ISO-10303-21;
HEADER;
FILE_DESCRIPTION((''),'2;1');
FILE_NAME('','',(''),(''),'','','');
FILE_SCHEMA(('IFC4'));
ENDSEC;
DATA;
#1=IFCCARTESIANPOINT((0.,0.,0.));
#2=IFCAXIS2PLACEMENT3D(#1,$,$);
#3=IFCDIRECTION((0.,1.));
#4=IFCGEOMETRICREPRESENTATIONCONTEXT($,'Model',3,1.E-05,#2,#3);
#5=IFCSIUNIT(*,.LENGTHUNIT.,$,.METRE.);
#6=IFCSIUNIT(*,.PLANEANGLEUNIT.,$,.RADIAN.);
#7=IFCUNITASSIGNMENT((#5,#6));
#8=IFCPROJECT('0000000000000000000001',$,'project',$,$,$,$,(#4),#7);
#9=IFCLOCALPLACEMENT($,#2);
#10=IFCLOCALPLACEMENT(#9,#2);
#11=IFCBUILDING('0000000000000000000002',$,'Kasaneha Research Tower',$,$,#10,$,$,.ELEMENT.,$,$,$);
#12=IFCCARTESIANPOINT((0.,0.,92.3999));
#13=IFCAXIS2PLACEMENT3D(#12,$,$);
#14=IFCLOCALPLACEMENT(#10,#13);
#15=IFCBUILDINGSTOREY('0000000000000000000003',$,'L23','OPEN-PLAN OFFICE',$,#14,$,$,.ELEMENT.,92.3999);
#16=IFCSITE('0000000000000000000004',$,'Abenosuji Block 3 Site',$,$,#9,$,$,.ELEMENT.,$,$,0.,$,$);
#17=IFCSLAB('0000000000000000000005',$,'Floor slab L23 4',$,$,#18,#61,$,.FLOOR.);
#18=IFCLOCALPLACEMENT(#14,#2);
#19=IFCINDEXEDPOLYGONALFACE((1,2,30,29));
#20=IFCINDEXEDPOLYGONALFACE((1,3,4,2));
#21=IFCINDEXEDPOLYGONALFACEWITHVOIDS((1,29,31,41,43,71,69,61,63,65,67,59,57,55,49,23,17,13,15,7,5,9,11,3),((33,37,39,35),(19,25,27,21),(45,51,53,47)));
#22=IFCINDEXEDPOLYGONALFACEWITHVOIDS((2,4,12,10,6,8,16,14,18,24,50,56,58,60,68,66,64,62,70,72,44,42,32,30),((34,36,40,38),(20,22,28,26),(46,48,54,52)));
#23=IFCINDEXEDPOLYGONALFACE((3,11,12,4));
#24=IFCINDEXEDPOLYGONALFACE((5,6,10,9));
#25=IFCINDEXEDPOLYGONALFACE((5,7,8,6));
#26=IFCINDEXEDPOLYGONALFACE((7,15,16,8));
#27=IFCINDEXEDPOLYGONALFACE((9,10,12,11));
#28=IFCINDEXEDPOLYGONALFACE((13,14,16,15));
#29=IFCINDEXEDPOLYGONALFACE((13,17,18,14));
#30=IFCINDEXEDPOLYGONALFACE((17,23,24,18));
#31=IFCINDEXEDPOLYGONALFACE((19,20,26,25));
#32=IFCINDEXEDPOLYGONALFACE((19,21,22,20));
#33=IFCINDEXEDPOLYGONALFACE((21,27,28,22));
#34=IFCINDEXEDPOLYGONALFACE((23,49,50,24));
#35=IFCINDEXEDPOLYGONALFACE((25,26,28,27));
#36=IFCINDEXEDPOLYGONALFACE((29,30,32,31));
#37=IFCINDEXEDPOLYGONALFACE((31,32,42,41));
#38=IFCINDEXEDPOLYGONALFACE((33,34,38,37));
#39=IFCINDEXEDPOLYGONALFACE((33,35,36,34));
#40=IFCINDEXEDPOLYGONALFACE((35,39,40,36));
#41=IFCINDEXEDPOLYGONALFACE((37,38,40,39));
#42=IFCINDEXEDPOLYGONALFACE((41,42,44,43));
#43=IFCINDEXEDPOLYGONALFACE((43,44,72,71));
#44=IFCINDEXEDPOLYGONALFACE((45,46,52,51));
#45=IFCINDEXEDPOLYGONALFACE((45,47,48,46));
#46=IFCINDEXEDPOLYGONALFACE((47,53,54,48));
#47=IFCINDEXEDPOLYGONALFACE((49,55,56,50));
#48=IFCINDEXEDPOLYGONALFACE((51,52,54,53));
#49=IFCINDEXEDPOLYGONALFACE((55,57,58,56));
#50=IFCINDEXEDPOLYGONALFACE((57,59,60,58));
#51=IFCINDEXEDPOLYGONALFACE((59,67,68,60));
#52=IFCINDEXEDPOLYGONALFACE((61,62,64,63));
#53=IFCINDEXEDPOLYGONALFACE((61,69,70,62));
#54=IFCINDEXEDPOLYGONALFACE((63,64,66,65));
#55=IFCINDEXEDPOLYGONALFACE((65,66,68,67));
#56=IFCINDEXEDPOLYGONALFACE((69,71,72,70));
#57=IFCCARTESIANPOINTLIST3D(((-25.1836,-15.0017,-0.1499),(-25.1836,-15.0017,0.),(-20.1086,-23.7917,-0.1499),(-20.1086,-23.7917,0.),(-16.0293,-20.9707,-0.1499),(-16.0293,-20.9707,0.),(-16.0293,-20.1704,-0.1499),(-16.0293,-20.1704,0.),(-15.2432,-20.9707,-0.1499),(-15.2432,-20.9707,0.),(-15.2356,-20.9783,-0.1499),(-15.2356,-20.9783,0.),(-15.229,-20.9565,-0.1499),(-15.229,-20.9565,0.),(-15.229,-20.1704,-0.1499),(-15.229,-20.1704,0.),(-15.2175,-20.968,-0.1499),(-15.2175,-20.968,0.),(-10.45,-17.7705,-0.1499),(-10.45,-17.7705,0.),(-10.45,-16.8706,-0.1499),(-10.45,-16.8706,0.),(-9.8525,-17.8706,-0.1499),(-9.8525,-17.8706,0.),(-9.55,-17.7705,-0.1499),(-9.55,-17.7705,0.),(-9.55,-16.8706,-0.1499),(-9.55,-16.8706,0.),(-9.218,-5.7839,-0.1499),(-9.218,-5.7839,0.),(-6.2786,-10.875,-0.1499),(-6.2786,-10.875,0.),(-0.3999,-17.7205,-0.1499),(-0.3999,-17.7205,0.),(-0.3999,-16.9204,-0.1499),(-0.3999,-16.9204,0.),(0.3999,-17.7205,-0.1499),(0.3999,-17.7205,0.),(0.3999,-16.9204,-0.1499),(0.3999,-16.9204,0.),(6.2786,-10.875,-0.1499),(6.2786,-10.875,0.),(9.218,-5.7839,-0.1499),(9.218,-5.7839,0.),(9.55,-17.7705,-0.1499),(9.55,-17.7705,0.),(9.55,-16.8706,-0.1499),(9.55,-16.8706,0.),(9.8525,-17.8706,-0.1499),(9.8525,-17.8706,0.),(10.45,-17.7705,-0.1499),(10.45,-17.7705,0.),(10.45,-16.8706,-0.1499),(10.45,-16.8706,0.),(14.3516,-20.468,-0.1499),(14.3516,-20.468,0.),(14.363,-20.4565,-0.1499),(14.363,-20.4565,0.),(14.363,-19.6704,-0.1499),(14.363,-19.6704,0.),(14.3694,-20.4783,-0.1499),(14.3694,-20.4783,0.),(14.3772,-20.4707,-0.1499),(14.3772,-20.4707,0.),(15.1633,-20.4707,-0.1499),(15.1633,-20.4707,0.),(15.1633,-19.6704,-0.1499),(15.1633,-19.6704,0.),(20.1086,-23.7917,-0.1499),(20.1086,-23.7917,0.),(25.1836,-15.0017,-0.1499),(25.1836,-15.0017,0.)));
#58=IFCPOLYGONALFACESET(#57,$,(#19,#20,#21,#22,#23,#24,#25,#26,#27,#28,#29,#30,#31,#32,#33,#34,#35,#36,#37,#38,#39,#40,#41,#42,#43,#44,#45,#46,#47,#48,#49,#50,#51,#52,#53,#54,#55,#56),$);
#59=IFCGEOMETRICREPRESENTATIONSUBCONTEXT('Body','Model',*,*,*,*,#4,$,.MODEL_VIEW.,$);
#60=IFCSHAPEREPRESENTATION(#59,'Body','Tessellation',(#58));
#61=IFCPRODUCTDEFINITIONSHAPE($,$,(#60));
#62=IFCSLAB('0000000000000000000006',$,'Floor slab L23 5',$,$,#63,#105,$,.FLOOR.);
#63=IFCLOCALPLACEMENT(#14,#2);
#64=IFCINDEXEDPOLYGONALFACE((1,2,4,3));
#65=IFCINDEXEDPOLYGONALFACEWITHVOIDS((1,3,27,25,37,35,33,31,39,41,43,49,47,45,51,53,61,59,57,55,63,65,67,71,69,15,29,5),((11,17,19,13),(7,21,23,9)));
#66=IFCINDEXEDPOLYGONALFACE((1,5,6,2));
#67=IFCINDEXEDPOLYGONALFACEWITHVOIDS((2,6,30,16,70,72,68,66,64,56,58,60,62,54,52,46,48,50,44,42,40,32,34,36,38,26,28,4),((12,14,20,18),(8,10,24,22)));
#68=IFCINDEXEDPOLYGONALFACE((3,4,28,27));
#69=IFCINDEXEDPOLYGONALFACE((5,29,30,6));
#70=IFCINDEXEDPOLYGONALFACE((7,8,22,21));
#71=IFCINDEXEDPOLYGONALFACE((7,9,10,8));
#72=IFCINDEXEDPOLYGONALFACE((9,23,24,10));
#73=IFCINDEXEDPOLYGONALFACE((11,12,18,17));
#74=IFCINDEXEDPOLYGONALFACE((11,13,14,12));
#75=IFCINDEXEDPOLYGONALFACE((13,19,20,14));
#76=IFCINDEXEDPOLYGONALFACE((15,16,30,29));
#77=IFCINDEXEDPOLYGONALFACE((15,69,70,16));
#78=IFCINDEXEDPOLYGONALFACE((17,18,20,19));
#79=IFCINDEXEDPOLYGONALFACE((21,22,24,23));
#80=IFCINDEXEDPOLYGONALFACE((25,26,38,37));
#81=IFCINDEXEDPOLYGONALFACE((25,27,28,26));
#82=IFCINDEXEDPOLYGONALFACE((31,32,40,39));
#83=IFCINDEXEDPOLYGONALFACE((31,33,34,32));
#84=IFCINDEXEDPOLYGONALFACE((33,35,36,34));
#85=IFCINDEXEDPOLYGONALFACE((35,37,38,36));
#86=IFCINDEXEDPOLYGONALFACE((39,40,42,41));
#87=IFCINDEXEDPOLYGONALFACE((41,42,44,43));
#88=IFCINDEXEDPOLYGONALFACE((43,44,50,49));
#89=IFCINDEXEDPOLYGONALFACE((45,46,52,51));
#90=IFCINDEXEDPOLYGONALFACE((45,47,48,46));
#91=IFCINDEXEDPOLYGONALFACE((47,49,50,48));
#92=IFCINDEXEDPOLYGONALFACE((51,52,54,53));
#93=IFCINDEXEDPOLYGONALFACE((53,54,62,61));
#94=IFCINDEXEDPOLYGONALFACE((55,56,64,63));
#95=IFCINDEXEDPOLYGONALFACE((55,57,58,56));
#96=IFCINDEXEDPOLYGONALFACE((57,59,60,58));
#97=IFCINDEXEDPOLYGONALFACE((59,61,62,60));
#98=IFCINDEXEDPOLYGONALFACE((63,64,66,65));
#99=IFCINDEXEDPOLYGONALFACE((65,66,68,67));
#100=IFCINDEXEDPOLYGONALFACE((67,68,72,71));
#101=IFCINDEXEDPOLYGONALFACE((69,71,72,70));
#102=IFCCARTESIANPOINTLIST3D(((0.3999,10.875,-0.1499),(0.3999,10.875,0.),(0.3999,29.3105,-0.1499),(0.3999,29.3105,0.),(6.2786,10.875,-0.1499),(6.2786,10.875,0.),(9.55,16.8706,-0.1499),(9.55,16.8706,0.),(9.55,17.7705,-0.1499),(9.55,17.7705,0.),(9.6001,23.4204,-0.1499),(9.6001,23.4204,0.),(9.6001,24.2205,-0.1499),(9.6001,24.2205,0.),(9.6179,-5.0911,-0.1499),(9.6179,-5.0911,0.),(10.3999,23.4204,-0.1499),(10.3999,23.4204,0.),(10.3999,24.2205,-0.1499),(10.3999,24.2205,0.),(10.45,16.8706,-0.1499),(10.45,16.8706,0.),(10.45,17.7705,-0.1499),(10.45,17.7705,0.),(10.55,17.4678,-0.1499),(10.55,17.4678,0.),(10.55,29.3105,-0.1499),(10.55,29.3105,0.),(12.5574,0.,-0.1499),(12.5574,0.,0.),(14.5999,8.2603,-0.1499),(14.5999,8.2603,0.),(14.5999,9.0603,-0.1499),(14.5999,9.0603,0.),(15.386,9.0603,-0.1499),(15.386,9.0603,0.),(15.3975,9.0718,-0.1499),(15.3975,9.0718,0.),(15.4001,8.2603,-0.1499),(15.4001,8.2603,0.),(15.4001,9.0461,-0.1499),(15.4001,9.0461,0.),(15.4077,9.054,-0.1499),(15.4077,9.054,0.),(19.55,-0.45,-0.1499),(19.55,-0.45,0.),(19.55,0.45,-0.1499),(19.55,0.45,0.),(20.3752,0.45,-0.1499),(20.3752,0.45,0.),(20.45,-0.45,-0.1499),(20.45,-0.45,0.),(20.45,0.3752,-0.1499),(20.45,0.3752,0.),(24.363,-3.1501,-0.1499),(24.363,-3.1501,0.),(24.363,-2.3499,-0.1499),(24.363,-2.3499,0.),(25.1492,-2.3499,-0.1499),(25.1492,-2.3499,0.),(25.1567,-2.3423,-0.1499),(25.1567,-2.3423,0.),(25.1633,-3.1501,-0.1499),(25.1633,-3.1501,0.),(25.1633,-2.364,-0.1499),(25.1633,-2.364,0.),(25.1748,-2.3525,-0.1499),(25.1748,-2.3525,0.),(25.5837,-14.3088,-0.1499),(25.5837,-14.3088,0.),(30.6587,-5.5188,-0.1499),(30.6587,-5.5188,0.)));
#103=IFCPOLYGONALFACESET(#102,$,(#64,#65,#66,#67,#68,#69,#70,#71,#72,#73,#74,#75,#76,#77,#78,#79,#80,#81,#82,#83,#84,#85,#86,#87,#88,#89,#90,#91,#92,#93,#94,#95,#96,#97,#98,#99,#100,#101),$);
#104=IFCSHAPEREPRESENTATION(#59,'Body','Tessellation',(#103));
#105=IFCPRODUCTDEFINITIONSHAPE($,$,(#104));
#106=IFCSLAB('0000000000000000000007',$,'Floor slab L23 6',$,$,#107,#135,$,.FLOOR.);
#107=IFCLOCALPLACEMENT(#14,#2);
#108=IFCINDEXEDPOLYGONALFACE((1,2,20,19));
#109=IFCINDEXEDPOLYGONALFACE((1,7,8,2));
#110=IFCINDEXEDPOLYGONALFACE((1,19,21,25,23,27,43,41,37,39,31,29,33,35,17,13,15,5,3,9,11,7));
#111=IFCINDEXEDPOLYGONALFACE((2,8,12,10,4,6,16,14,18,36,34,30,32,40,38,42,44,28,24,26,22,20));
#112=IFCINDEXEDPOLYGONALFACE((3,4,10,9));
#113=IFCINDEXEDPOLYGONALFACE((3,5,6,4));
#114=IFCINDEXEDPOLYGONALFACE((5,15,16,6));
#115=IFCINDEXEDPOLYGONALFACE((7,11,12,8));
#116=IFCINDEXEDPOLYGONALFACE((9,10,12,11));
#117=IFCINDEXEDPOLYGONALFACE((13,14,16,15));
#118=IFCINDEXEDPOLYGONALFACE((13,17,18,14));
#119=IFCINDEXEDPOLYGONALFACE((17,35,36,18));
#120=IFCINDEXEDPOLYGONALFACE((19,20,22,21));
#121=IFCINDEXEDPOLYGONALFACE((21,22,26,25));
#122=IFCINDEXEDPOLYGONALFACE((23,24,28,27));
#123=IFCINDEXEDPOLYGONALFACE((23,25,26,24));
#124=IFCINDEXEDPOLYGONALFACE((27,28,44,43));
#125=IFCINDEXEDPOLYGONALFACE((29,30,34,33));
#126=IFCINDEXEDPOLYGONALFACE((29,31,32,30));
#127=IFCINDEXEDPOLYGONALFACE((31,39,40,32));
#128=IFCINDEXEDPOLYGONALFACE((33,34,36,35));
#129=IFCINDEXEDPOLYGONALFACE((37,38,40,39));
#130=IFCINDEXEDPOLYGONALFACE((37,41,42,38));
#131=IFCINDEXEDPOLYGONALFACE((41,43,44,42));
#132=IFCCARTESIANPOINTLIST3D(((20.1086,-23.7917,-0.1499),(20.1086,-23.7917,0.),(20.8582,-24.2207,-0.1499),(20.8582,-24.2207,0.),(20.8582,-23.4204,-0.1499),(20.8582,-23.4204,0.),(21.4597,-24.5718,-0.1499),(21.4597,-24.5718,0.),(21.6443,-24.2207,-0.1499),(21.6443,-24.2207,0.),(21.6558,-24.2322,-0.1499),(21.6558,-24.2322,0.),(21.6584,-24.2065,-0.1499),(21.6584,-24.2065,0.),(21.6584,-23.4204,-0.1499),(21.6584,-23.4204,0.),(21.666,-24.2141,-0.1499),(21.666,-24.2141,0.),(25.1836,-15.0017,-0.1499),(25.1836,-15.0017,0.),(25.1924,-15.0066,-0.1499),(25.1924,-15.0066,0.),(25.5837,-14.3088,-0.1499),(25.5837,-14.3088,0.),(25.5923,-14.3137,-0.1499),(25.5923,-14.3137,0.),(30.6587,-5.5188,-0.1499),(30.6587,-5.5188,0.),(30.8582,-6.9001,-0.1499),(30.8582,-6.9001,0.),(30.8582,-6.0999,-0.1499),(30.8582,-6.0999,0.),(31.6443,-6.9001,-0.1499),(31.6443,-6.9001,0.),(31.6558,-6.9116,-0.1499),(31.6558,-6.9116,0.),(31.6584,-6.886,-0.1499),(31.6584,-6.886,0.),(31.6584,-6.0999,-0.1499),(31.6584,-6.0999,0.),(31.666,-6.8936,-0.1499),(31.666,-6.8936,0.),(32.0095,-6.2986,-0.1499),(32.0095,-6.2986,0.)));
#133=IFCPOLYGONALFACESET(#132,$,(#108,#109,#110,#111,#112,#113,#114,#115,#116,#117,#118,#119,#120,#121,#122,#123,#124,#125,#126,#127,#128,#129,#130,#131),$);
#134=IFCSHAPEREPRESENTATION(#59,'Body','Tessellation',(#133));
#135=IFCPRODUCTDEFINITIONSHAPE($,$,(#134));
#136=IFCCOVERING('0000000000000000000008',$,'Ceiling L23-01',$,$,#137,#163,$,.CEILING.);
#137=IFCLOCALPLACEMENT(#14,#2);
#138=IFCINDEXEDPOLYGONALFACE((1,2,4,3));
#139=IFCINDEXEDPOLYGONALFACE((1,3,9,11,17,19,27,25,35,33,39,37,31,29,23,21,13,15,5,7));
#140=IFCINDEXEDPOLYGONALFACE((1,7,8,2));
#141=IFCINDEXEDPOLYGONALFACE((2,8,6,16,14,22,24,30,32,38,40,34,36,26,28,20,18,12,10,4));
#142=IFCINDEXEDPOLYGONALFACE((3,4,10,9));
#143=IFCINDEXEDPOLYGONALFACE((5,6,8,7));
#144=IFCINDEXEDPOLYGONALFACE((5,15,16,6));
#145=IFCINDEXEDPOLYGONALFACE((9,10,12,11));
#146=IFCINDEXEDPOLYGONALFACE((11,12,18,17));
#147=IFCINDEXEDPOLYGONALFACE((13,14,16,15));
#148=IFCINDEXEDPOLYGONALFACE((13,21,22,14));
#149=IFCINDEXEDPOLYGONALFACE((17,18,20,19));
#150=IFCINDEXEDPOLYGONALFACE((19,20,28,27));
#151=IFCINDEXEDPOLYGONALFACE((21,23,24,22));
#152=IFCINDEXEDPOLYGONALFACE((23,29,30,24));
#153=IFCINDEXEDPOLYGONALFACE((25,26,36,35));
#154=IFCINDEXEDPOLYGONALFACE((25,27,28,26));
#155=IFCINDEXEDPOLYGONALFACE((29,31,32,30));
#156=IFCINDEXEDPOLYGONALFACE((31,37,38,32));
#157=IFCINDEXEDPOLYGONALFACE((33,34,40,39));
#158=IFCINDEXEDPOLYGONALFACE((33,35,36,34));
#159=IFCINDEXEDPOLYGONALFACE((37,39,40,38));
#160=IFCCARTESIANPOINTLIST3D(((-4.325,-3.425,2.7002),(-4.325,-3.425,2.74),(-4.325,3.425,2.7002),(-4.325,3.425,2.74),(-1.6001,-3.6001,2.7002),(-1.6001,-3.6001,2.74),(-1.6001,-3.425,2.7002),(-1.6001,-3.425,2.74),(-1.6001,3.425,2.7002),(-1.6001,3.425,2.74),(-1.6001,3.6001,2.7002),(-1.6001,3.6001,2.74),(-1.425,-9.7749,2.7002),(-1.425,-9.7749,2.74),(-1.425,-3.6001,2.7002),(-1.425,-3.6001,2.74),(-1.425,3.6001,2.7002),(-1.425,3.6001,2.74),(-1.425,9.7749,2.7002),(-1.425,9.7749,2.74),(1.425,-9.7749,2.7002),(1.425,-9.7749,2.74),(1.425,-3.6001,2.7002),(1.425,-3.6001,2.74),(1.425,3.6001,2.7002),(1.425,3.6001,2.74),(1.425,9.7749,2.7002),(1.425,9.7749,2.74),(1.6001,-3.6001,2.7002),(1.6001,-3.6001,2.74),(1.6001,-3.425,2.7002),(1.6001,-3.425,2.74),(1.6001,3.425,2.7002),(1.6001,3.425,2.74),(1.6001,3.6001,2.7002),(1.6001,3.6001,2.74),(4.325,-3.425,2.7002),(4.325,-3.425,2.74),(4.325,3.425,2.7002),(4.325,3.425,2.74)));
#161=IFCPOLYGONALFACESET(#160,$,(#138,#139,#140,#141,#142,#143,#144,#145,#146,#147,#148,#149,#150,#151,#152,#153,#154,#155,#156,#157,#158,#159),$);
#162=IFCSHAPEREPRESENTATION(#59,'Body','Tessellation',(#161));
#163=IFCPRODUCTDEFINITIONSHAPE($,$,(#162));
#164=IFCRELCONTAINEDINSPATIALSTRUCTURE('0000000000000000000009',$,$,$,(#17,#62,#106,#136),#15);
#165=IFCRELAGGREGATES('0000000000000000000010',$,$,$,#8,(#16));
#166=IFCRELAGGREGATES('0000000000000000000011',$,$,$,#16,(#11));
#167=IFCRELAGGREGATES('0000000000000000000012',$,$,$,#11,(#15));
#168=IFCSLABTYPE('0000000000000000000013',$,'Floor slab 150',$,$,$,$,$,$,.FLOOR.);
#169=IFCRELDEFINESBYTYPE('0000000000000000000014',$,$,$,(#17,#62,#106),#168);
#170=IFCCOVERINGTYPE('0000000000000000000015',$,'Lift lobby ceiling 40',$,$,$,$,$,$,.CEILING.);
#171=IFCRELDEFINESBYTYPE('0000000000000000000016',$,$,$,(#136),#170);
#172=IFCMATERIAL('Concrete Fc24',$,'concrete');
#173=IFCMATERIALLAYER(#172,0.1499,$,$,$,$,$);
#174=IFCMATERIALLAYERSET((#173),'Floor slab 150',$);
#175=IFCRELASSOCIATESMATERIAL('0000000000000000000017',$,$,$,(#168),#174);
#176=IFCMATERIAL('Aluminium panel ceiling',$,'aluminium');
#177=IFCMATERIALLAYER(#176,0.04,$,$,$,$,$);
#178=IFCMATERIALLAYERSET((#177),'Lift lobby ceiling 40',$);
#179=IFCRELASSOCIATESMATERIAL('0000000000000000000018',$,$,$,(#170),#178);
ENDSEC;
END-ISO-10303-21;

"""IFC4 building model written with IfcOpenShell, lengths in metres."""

from ifc_helpers import new_model, si_unit, direction, frame, origin, place, context, subcontext, project, spatial, polyline, outline, extrude, material, layer, layer_set, type_object, element, save


model = new_model("IFC4")

# Units and contexts
model_context = context("Model", 3, precision=1e-05, world=origin(), true_north=direction((0.0, 1.0)))
body_context = subcontext(model_context, "Body", "Model", "MODEL_VIEW")
ifc_project = project(units=[si_unit("LENGTHUNIT", "METRE"), si_unit("PLANEANGLEUNIT", "RADIAN")], contexts=[model_context])

# Site, building, storey
site_placement = place(None, origin())
site = spatial("IfcSite", under=ifc_project, at=site_placement, Name="Abenosuji Block 3 Site", CompositionType="ELEMENT", RefElevation=0.0)
building_placement = place(site_placement, origin())
building = spatial("IfcBuilding", under=site, at=building_placement, Name="Kasaneha Research Tower", CompositionType="ELEMENT")
storey_placement = place(building_placement, frame((0.0, 0.0, 92.3999)))
storey = spatial("IfcBuildingStorey", under=building, at=storey_placement, Name="L23", Description="OPEN-PLAN OFFICE", CompositionType="ELEMENT", Elevation=92.3999)

# Slabs
ifc_material_1 = material(Name="Concrete Fc24", Category="concrete")
ifc_layer_1 = layer(ifc_material_1, 0.1499)
ifc_layer_set_1 = layer_set([ifc_layer_1], Name="Floor slab 150")
slab_type_1 = type_object("IfcSlabType", Name="Floor slab 150", PredefinedType="FLOOR", material=ifc_layer_set_1)
slab_1_placement = place(storey_placement, frame((0.0, 0.0, -0.1499)))
element("IfcSlab", 1, at=slab_1_placement, inside=storey, type_object=slab_type_1, Name="Floor slab L23 4", PredefinedType="FLOOR", context=body_context, shape_type="SweptSolid", body=[
    extrude(outline(polyline([(-6.2786, -10.875), (6.2786, -10.875), (9.218, -5.7839), (25.1836, -15.0017), (20.1086, -23.7917), (14.3694, -20.4783), (14.3772, -20.4707), (15.1633, -20.4707), (15.1633, -19.6704), (14.363, -19.6704), (14.363, -20.4565), (14.3516, -20.468), (9.8525, -17.8706), (-9.8525, -17.8706), (-15.2175, -20.968), (-15.229, -20.9565), (-15.229, -20.1704), (-16.0293, -20.1704), (-16.0293, -20.9707), (-15.2432, -20.9707), (-15.2356, -20.9783), (-20.1086, -23.7917), (-25.1836, -15.0017), (-9.218, -5.7839), (-6.2786, -10.875)]), holes=[polyline([(0.3999, -17.7205), (0.3999, -16.9204), (-0.3999, -16.9204), (-0.3999, -17.7205), (0.3999, -17.7205)]), polyline([(-9.55, -16.8706), (-10.45, -16.8706), (-10.45, -17.7705), (-9.55, -17.7705), (-9.55, -16.8706)]), polyline([(10.45, -16.8706), (9.55, -16.8706), (9.55, -17.7705), (10.45, -17.7705), (10.45, -16.8706)])]), origin(), (0.0, 0.0, 1.0), 0.1499),
])
slab_2_placement = place(storey_placement, frame((0.0, 0.0, -0.1499)))
element("IfcSlab", 2, at=slab_2_placement, inside=storey, type_object=slab_type_1, Name="Floor slab L23 5", PredefinedType="FLOOR", context=body_context, shape_type="SweptSolid", body=[
    extrude(outline(polyline([(9.6179, -5.0911), (12.5574, 0.0), (6.2786, 10.875), (0.3999, 10.875), (0.3999, 29.3105), (10.55, 29.3105), (10.55, 17.4678), (15.3975, 9.0718), (15.386, 9.0603), (14.5999, 9.0603), (14.5999, 8.2603), (15.4001, 8.2603), (15.4001, 9.0461), (15.4077, 9.054), (20.3752, 0.45), (19.55, 0.45), (19.55, -0.45), (20.45, -0.45), (20.45, 0.3752), (25.1567, -2.3423), (25.1492, -2.3499), (24.363, -2.3499), (24.363, -3.1501), (25.1633, -3.1501), (25.1633, -2.364), (25.1748, -2.3525), (30.6587, -5.5188), (25.5837, -14.3088), (9.6179, -5.0911)]), holes=[polyline([(10.45, 16.8706), (10.45, 17.7705), (9.55, 17.7705), (9.55, 16.8706), (10.45, 16.8706)]), polyline([(10.3999, 23.4204), (10.3999, 24.2205), (9.6001, 24.2205), (9.6001, 23.4204), (10.3999, 23.4204)])]), origin(), (0.0, 0.0, 1.0), 0.1499),
])
slab_3_placement = place(storey_placement, frame((0.0, 0.0, -0.1499)))
element("IfcSlab", 3, at=slab_3_placement, inside=storey, type_object=slab_type_1, Name="Floor slab L23 6", PredefinedType="FLOOR", context=body_context, shape_type="SweptSolid", body=[
    extrude(outline(polyline([(25.1924, -15.0066), (25.5923, -14.3137), (25.5837, -14.3088), (30.6587, -5.5188), (32.0095, -6.2986), (31.666, -6.8936), (31.6584, -6.886), (31.6584, -6.0999), (30.8582, -6.0999), (30.8582, -6.9001), (31.6443, -6.9001), (31.6558, -6.9116), (21.666, -24.2141), (21.6584, -24.2065), (21.6584, -23.4204), (20.8582, -23.4204), (20.8582, -24.2207), (21.6443, -24.2207), (21.6558, -24.2322), (21.4597, -24.5718), (20.1086, -23.7917), (25.1836, -15.0017), (25.1924, -15.0066)])), origin(), (0.0, 0.0, 1.0), 0.1499),
])

# Covering
ifc_material_2 = material(Name="Aluminium panel ceiling", Category="aluminium")
ifc_layer_2 = layer(ifc_material_2, 0.04)
ifc_layer_set_2 = layer_set([ifc_layer_2], Name="Lift lobby ceiling 40")
covering_type_1 = type_object("IfcCoveringType", Name="Lift lobby ceiling 40", PredefinedType="CEILING", material=ifc_layer_set_2)
covering_1_placement = place(storey_placement, frame((0.0, 0.0, 2.7002)))
element("IfcCovering", 4, at=covering_1_placement, inside=storey, type_object=covering_type_1, Name="Ceiling L23-01", PredefinedType="CEILING", context=body_context, shape_type="SweptSolid", body=[
    extrude(outline(polyline([(1.425, 9.7749), (1.425, 3.6001), (1.6001, 3.6001), (1.6001, 3.425), (4.325, 3.425), (4.325, -3.425), (1.6001, -3.425), (1.6001, -3.6001), (1.425, -3.6001), (1.425, -9.7749), (-1.425, -9.7749), (-1.425, -3.6001), (-1.6001, -3.6001), (-1.6001, -3.425), (-4.325, -3.425), (-4.325, 3.425), (-1.6001, 3.425), (-1.6001, 3.6001), (-1.425, 3.6001), (-1.425, 9.7749), (1.425, 9.7749)])), origin(), (0.0, 0.0, 1.0), 0.0398),
])

save(model, "model.ifc")
